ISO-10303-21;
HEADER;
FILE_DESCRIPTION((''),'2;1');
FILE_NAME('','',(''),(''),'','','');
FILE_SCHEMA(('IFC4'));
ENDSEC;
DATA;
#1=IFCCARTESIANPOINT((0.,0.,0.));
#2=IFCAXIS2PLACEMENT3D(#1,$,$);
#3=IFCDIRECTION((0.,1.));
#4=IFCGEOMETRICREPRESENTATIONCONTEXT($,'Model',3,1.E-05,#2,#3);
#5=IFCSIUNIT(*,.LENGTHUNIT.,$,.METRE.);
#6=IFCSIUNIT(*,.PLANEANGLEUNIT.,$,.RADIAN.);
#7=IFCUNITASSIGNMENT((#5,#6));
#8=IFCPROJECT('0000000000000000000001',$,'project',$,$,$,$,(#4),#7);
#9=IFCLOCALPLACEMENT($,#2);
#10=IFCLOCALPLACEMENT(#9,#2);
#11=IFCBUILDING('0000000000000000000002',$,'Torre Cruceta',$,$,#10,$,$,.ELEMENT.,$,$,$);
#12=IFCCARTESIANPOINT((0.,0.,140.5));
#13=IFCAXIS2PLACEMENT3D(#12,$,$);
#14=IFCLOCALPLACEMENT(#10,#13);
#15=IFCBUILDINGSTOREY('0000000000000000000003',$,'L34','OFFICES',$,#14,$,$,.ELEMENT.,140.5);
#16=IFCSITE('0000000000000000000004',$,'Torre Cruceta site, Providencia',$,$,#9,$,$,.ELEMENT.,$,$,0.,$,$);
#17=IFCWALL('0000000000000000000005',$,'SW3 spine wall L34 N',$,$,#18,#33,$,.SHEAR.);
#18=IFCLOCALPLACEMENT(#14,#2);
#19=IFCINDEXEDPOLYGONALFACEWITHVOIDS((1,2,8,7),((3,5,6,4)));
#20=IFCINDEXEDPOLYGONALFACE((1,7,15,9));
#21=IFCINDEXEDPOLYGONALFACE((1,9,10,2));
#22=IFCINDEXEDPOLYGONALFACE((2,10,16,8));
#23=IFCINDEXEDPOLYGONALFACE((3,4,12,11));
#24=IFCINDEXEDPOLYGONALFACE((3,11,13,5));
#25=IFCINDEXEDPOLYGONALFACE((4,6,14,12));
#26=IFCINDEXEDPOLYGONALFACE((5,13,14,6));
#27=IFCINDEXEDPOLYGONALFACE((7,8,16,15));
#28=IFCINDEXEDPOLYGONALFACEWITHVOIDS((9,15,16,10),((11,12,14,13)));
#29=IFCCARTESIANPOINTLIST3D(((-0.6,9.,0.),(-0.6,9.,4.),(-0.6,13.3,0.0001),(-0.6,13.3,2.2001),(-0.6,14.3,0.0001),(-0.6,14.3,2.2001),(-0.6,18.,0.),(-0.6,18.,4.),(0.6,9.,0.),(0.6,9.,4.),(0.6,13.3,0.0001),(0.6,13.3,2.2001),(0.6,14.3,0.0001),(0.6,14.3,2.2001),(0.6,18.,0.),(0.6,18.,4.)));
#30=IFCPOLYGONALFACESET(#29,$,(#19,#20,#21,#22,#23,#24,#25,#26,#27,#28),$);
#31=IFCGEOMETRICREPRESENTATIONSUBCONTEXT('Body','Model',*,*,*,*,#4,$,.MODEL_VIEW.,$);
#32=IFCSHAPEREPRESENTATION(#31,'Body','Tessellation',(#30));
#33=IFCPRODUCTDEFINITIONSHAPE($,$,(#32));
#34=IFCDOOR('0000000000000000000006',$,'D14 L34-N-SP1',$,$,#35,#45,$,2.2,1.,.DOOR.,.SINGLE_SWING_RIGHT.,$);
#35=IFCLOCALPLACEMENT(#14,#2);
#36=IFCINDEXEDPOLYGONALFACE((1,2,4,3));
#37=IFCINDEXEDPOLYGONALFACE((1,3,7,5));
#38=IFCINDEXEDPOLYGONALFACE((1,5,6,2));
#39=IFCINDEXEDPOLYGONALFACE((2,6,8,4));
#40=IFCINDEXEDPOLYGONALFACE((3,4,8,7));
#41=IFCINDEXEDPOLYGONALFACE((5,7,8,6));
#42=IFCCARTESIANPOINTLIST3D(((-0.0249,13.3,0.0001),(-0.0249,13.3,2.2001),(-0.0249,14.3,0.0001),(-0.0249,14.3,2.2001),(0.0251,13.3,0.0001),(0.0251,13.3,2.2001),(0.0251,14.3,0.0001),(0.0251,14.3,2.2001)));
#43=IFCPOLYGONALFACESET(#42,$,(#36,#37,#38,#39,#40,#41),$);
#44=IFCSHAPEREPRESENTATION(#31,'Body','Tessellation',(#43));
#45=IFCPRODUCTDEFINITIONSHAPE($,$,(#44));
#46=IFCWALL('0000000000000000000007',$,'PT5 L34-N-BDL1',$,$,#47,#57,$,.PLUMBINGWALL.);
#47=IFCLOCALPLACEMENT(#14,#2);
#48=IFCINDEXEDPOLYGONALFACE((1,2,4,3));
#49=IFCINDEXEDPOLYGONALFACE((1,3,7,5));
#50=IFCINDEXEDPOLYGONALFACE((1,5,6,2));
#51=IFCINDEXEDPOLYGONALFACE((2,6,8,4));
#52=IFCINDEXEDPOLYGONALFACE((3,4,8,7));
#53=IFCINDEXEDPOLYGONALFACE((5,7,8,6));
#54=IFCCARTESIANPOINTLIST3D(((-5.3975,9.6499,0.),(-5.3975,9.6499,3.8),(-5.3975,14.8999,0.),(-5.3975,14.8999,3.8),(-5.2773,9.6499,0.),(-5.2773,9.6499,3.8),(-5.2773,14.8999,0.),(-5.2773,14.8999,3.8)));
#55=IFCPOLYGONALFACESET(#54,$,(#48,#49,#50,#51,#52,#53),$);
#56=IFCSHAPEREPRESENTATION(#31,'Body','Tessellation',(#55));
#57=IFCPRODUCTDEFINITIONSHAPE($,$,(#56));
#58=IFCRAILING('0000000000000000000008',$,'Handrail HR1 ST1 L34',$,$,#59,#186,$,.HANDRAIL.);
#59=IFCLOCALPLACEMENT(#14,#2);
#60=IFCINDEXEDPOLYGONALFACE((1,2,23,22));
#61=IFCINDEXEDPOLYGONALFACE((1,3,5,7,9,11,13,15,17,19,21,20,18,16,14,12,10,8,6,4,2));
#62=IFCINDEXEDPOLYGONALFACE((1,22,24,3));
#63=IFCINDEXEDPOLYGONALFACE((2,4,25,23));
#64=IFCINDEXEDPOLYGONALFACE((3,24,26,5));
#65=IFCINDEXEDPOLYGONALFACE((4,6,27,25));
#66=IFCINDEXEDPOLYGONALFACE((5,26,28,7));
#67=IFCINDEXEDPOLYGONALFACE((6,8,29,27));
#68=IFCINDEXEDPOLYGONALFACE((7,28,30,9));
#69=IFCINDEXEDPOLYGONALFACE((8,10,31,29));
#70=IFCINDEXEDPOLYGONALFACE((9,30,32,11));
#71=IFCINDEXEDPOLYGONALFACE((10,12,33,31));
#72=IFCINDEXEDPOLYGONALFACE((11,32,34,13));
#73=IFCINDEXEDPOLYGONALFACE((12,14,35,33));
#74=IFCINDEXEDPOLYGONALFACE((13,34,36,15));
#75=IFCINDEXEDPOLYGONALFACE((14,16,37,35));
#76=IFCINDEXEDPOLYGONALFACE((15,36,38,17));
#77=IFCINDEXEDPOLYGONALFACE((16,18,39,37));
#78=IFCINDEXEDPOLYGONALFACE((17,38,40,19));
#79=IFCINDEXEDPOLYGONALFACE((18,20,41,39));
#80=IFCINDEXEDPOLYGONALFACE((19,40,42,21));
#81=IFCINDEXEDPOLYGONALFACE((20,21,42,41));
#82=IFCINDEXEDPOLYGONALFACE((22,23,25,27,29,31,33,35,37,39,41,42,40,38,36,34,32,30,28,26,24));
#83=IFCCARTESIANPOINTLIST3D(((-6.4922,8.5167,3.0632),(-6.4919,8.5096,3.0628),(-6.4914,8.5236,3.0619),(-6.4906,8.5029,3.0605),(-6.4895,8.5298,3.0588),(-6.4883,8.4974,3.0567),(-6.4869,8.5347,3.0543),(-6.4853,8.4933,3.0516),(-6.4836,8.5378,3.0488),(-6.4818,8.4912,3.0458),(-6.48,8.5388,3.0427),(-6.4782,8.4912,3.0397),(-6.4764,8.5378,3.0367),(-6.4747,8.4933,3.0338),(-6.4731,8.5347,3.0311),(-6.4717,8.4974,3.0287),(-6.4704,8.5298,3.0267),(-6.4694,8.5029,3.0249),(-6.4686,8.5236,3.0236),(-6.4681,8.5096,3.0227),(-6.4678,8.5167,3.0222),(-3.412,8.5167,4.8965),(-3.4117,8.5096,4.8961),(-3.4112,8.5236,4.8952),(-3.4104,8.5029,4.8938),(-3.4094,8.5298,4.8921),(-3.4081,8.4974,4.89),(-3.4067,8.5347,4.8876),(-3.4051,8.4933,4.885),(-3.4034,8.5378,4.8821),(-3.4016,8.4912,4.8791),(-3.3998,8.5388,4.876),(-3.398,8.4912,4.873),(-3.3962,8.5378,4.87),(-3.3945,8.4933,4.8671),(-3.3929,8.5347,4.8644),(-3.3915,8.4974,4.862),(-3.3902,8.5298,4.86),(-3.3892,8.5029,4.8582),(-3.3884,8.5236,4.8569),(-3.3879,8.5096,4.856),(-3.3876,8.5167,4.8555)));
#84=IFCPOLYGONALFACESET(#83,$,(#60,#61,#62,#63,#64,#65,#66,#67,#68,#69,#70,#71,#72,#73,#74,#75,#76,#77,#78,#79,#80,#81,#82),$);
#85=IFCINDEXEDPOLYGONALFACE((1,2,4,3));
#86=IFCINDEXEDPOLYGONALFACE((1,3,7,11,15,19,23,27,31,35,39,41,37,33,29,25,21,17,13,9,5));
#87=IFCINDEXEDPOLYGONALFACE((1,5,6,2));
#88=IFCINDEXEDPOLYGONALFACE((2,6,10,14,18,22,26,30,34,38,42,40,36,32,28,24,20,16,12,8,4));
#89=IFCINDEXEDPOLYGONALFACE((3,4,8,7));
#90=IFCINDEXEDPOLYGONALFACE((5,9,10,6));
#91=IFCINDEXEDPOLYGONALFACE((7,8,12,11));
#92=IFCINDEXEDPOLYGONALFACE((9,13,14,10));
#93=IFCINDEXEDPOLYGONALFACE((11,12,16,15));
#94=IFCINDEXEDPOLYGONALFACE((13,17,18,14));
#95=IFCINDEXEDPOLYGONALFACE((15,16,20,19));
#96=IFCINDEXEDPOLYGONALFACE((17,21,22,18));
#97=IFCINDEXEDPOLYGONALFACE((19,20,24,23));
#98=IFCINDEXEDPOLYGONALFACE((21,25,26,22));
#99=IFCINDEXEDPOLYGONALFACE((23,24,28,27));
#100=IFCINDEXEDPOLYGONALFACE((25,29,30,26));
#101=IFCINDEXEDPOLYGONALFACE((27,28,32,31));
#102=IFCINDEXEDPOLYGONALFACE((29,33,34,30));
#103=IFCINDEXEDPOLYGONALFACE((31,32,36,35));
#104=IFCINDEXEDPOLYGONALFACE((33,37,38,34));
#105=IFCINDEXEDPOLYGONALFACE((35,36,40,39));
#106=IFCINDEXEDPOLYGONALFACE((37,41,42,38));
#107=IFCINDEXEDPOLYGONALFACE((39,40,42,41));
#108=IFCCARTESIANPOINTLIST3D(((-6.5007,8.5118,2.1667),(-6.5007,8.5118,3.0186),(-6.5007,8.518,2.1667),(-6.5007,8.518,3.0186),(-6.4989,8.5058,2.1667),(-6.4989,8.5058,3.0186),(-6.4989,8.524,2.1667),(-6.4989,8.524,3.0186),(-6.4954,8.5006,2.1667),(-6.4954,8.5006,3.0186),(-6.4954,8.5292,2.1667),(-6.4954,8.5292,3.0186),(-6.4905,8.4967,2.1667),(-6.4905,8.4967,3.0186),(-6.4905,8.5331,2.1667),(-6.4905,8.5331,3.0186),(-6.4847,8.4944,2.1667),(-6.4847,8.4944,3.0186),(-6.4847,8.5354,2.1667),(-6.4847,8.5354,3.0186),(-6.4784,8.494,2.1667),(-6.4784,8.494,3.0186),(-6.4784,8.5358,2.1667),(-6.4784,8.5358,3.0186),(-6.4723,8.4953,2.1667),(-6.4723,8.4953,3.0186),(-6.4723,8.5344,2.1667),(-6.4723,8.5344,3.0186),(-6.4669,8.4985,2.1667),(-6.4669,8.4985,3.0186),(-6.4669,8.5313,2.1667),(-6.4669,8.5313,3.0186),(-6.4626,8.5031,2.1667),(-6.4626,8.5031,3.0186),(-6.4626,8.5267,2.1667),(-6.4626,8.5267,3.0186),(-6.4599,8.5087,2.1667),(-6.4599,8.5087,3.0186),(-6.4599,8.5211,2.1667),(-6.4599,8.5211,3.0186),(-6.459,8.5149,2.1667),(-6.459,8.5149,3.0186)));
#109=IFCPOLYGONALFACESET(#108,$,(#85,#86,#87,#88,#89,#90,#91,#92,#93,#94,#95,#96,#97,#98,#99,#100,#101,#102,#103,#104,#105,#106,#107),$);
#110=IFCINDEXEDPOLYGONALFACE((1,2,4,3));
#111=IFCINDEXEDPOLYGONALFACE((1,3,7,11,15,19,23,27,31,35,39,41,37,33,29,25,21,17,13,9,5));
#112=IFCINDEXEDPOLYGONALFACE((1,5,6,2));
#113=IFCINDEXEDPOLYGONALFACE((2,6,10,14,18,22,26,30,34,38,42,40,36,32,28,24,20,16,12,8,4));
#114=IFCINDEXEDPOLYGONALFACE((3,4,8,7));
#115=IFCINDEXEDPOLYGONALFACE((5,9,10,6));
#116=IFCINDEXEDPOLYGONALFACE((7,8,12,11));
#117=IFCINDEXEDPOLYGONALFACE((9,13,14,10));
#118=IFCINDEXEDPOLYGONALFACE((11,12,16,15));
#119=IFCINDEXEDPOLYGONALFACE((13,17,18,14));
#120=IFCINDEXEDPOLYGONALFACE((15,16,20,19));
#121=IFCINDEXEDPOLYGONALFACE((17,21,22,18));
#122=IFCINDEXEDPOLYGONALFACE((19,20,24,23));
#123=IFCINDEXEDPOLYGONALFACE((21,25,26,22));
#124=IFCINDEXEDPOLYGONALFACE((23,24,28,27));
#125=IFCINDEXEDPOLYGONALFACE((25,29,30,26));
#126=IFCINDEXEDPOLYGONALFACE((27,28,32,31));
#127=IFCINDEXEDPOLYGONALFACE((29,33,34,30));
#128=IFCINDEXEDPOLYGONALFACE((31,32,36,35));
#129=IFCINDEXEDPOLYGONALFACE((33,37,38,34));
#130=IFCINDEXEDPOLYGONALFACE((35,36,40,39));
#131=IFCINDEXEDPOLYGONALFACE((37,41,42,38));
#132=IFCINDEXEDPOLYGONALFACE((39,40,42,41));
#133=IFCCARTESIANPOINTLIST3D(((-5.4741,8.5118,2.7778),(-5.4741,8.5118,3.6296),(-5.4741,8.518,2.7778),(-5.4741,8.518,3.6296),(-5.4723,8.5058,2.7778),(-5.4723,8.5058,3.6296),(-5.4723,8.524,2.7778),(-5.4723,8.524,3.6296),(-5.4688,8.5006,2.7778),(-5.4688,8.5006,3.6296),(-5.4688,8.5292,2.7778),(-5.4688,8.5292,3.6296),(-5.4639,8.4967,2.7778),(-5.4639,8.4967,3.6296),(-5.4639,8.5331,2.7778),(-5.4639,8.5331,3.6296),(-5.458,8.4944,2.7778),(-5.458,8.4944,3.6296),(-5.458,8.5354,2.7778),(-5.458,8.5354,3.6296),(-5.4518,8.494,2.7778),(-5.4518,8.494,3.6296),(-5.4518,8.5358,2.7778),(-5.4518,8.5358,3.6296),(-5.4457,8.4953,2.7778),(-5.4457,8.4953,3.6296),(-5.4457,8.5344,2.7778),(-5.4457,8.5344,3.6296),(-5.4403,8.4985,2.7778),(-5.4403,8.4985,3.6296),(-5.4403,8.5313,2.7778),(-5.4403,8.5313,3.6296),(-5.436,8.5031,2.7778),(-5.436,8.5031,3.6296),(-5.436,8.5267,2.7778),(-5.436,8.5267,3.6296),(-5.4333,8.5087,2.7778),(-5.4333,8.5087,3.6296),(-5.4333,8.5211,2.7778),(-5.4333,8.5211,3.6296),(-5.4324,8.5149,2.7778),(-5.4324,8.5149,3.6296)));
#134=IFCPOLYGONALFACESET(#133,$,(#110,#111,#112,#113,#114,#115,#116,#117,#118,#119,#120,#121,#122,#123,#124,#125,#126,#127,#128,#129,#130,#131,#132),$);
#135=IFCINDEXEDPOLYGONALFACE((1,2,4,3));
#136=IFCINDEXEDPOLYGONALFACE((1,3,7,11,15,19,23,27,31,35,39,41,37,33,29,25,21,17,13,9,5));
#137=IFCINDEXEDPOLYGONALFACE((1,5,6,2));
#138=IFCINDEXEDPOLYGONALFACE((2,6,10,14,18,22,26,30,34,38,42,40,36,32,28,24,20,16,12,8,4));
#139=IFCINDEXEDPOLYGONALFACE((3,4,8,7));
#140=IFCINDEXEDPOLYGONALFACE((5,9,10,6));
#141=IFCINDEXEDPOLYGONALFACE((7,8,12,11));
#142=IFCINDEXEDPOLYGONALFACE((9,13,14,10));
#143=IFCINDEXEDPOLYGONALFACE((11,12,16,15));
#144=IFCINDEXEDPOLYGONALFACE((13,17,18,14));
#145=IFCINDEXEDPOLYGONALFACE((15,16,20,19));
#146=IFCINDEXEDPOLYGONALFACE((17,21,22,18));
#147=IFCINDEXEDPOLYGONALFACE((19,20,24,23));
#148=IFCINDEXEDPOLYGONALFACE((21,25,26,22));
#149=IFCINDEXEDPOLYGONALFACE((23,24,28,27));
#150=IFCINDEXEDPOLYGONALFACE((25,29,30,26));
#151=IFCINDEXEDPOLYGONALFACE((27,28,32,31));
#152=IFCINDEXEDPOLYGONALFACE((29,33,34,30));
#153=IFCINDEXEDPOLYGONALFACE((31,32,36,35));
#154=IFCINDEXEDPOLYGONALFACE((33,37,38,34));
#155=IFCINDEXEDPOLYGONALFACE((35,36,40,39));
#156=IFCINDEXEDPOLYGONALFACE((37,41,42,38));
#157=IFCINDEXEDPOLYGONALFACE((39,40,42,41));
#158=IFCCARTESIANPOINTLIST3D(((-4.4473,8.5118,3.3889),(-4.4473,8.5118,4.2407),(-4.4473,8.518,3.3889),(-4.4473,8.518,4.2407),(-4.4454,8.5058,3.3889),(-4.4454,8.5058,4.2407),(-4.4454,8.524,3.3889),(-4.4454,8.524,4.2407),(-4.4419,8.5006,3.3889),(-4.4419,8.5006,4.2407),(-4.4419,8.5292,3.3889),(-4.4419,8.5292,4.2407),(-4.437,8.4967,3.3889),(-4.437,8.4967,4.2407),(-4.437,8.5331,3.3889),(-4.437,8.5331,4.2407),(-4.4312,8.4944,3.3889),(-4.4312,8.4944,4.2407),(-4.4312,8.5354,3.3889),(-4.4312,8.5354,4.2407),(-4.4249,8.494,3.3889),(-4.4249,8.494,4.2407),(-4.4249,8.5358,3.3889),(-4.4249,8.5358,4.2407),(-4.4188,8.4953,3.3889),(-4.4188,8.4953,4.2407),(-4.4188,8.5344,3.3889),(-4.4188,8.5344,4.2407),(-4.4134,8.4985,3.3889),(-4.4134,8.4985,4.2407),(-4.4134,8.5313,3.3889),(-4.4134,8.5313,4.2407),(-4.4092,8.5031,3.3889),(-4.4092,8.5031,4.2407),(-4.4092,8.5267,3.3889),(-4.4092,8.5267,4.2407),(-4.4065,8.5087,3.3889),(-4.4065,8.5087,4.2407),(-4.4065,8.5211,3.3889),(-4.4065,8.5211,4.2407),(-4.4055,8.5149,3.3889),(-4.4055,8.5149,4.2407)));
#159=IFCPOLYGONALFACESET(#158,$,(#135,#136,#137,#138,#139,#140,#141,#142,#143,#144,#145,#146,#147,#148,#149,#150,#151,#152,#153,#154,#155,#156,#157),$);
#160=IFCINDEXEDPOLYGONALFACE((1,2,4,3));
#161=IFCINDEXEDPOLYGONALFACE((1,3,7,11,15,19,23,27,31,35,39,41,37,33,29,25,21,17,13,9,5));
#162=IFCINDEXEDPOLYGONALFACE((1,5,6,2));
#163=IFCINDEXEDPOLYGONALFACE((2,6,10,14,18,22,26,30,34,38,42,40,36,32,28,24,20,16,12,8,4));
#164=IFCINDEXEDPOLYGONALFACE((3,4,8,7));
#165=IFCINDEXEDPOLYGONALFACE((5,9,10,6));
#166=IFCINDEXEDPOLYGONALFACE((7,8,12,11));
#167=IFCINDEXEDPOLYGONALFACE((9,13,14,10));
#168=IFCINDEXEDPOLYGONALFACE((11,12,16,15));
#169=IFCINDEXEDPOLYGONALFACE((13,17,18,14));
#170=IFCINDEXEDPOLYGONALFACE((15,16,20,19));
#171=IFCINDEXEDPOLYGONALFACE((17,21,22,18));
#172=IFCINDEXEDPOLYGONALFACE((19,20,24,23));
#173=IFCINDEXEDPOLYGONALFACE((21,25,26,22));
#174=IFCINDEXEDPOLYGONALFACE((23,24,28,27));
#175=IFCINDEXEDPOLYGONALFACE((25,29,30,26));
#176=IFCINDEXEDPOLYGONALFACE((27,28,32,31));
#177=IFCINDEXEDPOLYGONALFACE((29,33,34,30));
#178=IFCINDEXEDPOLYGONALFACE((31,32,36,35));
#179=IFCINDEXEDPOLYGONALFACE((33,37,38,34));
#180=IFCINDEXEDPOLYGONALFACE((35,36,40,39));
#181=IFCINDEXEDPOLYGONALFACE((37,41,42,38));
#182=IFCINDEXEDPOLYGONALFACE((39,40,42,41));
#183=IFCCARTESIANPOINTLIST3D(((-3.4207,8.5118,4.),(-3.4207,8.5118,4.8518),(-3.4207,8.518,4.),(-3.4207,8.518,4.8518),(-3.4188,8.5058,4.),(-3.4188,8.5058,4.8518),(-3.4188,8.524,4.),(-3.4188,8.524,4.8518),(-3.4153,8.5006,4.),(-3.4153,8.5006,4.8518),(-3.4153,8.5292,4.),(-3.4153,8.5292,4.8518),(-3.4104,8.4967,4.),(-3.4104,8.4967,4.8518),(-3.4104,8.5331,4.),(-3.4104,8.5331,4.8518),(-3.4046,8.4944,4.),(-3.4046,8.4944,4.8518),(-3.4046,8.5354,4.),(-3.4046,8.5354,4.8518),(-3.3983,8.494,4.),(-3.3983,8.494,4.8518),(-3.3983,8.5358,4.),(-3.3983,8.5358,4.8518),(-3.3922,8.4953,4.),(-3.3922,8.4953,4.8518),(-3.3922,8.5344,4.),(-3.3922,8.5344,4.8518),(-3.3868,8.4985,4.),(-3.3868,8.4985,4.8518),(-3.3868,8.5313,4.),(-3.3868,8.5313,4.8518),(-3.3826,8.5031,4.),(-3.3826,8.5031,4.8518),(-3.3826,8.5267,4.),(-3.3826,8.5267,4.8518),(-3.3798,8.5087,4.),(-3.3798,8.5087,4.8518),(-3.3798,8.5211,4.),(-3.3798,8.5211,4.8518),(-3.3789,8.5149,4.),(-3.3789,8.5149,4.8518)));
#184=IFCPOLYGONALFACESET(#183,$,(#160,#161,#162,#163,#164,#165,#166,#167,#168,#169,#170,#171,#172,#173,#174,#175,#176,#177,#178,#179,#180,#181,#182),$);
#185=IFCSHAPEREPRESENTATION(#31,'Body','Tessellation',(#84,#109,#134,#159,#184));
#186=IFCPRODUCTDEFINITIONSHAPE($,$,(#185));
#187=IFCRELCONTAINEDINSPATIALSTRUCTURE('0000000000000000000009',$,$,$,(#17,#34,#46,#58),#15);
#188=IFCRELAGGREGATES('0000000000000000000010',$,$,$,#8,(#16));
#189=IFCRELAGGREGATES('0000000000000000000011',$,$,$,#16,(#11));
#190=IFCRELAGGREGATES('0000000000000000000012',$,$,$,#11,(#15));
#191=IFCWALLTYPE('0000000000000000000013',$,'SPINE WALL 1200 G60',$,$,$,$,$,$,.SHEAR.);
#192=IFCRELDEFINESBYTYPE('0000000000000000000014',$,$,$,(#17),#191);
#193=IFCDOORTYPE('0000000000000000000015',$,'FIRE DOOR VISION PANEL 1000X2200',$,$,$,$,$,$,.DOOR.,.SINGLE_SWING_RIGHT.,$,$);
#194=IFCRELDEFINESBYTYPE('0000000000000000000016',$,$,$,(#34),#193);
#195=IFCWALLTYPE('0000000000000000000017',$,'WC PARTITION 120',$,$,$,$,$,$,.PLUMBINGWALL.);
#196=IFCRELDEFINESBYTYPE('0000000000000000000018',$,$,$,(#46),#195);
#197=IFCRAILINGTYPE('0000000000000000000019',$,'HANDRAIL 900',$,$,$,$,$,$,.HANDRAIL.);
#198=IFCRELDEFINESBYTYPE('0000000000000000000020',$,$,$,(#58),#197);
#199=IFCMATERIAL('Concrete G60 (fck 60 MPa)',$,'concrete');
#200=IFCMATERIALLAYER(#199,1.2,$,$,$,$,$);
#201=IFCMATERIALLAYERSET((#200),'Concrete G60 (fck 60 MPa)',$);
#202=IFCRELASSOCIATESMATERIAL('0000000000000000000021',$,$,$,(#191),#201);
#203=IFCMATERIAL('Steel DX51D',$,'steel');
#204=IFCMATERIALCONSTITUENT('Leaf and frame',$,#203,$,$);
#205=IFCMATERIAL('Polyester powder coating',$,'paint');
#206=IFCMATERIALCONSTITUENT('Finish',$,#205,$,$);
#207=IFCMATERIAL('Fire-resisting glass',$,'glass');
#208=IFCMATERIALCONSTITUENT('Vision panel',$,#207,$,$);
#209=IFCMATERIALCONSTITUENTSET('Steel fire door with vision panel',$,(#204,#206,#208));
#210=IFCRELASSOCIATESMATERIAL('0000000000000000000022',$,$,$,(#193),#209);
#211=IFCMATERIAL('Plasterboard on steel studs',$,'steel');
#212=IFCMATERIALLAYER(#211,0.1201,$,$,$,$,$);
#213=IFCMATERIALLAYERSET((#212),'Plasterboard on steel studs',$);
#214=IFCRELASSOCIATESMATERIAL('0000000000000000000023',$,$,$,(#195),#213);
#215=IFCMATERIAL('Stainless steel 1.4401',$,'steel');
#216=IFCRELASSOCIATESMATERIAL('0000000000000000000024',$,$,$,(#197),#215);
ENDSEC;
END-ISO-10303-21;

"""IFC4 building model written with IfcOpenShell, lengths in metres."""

from ifc_helpers import new_model, si_unit, direction, frame, frame_2d, origin, origin_2d, place, context, subcontext, project, spatial, rectangle, circle, extrude, material, layer, layer_set, constituent, constituent_set, type_object, element, fill, save


model = new_model("IFC4")

# Units and contexts
model_context = context("Model", 3, precision=1e-05, world=origin(), true_north=direction((0.0, 1.0)))
body_context = subcontext(model_context, "Body", "Model", "MODEL_VIEW")
ifc_project = project(units=[si_unit("LENGTHUNIT", "METRE"), si_unit("PLANEANGLEUNIT", "RADIAN")], contexts=[model_context])

# Site, building, storey
site_placement = place(None, origin())
site = spatial("IfcSite", under=ifc_project, at=site_placement, Name="Torre Cruceta site, Providencia", CompositionType="ELEMENT", RefElevation=0.0)
building_placement = place(site_placement, origin())
building = spatial("IfcBuilding", under=site, at=building_placement, Name="Torre Cruceta", CompositionType="ELEMENT")
storey_placement = place(building_placement, frame((0.0, 0.0, 140.5)))
storey = spatial("IfcBuildingStorey", under=building, at=storey_placement, Name="L34", Description="OFFICES", CompositionType="ELEMENT", Elevation=140.5)

# Wall, opening, door
ifc_material_1 = material(Name="Concrete G60 (fck 60 MPa)", Category="concrete")
ifc_layer_1 = layer(ifc_material_1, 1.2)
ifc_layer_set_1 = layer_set([ifc_layer_1], Name="Concrete G60 (fck 60 MPa)")
wall_type_1 = type_object("IfcWallType", Name="SPINE WALL 1200 G60", PredefinedType="SHEAR", material=ifc_layer_set_1)
wall_1_placement = place(storey_placement, frame((0.0, 9.0, 0.0), z_axis=(0.0, 0.0, 1.0), x_axis=(0.0, 1.0, 0.0)))
wall_1 = element("IfcWall", 1, at=wall_1_placement, inside=storey, type_object=wall_type_1, Name="SW3 spine wall L34 N", PredefinedType="SHEAR", context=body_context, shape_type="SweptSolid", body=[
    extrude(rectangle(XDim=9.0, YDim=1.2, at=frame_2d((4.5, 0.0))), origin(), (0.0, 0.0, 1.0), 4.0),
])
opening_1_placement = place(wall_1_placement, frame((4.3, 0.0, 0.0)))
opening_1 = element("IfcOpeningElement", 2, at=opening_1_placement, cuts=wall_1, PredefinedType="OPENING", context=body_context, shape_type="SweptSolid", body=[
    extrude(rectangle(XDim=1.0, YDim=2.2, at=frame_2d((0.5, 1.1001))), frame((0.0, 0.6099, 0.0), z_axis=(0.0, -1.0, 0.0), x_axis=(1.0, 0.0, 0.0)), (0.0, 0.0, 1.0), 1.22),
])
ifc_material_2 = material(Name="Steel DX51D", Category="steel")
ifc_constituent_1 = constituent(ifc_material_2, Name="Leaf and frame")
ifc_material_3 = material(Name="Polyester powder coating", Category="paint")
ifc_constituent_2 = constituent(ifc_material_3, Name="Finish")
ifc_material_4 = material(Name="Fire-resisting glass", Category="glass")
ifc_constituent_3 = constituent(ifc_material_4, Name="Vision panel")
ifc_constituent_set_1 = constituent_set(constituents=[ifc_constituent_1, ifc_constituent_2, ifc_constituent_3], Name="Steel fire door with vision panel")
door_type_1 = type_object("IfcDoorType", Name="FIRE DOOR VISION PANEL 1000X2200", OperationType="SINGLE_SWING_RIGHT", PredefinedType="DOOR", material=ifc_constituent_set_1)
door_1_placement = place(opening_1_placement, origin())
door_1 = element("IfcDoor", 3, at=door_1_placement, inside=storey, type_object=door_type_1, Name="D14 L34-N-SP1", OperationType="SINGLE_SWING_RIGHT", OverallHeight=2.2, OverallWidth=1.0, PredefinedType="DOOR", context=body_context, shape_type="SweptSolid", body=[
    extrude(rectangle(XDim=1.0, YDim=2.2, at=frame_2d((0.5, 1.1001))), frame((0.0, 0.0249, 0.0), z_axis=(0.0, -1.0, 0.0), x_axis=(1.0, 0.0, 0.0)), (0.0, 0.0, 1.0), 0.05),
])
fill(opening_1, door_1)

# Wall
ifc_material_5 = material(Name="Plasterboard on steel studs", Category="steel")
ifc_layer_2 = layer(ifc_material_5, 0.1201)
ifc_layer_set_2 = layer_set([ifc_layer_2], Name="Plasterboard on steel studs")
wall_type_2 = type_object("IfcWallType", Name="WC PARTITION 120", PredefinedType="PLUMBINGWALL", material=ifc_layer_set_2)
wall_2_placement = place(storey_placement, frame((-5.3374, 9.6499, 0.0), z_axis=(0.0, 0.0, 1.0), x_axis=(0.0, 1.0, 0.0)))
element("IfcWall", 4, at=wall_2_placement, inside=storey, type_object=wall_type_2, Name="PT5 L34-N-BDL1", PredefinedType="PLUMBINGWALL", context=body_context, shape_type="SweptSolid", body=[
    extrude(rectangle(XDim=5.25, YDim=0.1201, at=frame_2d((2.625, 0.0))), origin(), (0.0, 0.0, 1.0), 3.8),
])

# Railing
ifc_material_6 = material(Name="Stainless steel 1.4401", Category="steel")
railing_type = type_object("IfcRailingType", Name="HANDRAIL 900", PredefinedType="HANDRAIL", material=ifc_material_6)
railing_placement = place(storey_placement, frame((-6.48, 8.5149, 2.1667)))
element("IfcRailing", 5, at=railing_placement, inside=storey, type_object=railing_type, Name="Handrail HR1 ST1 L34", PredefinedType="HANDRAIL", context=body_context, shape_type="SweptSolid", body=[
    extrude(circle(Radius=0.0239, at=origin_2d()), frame((0.0, 0.0, 0.876), z_axis=(0.859309, 0.0, 0.511458), x_axis=(0.0, 1.0, 0.0)), (0.0, 0.0, 1.0), 3.5845),
    extrude(circle(Radius=0.021, at=origin_2d()), origin(), (0.0, 0.0, 1.0), 0.8518),
    extrude(circle(Radius=0.021, at=origin_2d()), frame((1.0266, 0.0, 0.6111)), (0.0, 0.0, 1.0), 0.8518),
    extrude(circle(Radius=0.021, at=origin_2d()), frame((2.0535, 0.0, 1.2222)), (0.0, 0.0, 1.0), 0.8518),
    extrude(circle(Radius=0.021, at=origin_2d()), frame((3.0801, 0.0, 1.8333)), (0.0, 0.0, 1.0), 0.8518),
])

save(model, "model.ifc")
